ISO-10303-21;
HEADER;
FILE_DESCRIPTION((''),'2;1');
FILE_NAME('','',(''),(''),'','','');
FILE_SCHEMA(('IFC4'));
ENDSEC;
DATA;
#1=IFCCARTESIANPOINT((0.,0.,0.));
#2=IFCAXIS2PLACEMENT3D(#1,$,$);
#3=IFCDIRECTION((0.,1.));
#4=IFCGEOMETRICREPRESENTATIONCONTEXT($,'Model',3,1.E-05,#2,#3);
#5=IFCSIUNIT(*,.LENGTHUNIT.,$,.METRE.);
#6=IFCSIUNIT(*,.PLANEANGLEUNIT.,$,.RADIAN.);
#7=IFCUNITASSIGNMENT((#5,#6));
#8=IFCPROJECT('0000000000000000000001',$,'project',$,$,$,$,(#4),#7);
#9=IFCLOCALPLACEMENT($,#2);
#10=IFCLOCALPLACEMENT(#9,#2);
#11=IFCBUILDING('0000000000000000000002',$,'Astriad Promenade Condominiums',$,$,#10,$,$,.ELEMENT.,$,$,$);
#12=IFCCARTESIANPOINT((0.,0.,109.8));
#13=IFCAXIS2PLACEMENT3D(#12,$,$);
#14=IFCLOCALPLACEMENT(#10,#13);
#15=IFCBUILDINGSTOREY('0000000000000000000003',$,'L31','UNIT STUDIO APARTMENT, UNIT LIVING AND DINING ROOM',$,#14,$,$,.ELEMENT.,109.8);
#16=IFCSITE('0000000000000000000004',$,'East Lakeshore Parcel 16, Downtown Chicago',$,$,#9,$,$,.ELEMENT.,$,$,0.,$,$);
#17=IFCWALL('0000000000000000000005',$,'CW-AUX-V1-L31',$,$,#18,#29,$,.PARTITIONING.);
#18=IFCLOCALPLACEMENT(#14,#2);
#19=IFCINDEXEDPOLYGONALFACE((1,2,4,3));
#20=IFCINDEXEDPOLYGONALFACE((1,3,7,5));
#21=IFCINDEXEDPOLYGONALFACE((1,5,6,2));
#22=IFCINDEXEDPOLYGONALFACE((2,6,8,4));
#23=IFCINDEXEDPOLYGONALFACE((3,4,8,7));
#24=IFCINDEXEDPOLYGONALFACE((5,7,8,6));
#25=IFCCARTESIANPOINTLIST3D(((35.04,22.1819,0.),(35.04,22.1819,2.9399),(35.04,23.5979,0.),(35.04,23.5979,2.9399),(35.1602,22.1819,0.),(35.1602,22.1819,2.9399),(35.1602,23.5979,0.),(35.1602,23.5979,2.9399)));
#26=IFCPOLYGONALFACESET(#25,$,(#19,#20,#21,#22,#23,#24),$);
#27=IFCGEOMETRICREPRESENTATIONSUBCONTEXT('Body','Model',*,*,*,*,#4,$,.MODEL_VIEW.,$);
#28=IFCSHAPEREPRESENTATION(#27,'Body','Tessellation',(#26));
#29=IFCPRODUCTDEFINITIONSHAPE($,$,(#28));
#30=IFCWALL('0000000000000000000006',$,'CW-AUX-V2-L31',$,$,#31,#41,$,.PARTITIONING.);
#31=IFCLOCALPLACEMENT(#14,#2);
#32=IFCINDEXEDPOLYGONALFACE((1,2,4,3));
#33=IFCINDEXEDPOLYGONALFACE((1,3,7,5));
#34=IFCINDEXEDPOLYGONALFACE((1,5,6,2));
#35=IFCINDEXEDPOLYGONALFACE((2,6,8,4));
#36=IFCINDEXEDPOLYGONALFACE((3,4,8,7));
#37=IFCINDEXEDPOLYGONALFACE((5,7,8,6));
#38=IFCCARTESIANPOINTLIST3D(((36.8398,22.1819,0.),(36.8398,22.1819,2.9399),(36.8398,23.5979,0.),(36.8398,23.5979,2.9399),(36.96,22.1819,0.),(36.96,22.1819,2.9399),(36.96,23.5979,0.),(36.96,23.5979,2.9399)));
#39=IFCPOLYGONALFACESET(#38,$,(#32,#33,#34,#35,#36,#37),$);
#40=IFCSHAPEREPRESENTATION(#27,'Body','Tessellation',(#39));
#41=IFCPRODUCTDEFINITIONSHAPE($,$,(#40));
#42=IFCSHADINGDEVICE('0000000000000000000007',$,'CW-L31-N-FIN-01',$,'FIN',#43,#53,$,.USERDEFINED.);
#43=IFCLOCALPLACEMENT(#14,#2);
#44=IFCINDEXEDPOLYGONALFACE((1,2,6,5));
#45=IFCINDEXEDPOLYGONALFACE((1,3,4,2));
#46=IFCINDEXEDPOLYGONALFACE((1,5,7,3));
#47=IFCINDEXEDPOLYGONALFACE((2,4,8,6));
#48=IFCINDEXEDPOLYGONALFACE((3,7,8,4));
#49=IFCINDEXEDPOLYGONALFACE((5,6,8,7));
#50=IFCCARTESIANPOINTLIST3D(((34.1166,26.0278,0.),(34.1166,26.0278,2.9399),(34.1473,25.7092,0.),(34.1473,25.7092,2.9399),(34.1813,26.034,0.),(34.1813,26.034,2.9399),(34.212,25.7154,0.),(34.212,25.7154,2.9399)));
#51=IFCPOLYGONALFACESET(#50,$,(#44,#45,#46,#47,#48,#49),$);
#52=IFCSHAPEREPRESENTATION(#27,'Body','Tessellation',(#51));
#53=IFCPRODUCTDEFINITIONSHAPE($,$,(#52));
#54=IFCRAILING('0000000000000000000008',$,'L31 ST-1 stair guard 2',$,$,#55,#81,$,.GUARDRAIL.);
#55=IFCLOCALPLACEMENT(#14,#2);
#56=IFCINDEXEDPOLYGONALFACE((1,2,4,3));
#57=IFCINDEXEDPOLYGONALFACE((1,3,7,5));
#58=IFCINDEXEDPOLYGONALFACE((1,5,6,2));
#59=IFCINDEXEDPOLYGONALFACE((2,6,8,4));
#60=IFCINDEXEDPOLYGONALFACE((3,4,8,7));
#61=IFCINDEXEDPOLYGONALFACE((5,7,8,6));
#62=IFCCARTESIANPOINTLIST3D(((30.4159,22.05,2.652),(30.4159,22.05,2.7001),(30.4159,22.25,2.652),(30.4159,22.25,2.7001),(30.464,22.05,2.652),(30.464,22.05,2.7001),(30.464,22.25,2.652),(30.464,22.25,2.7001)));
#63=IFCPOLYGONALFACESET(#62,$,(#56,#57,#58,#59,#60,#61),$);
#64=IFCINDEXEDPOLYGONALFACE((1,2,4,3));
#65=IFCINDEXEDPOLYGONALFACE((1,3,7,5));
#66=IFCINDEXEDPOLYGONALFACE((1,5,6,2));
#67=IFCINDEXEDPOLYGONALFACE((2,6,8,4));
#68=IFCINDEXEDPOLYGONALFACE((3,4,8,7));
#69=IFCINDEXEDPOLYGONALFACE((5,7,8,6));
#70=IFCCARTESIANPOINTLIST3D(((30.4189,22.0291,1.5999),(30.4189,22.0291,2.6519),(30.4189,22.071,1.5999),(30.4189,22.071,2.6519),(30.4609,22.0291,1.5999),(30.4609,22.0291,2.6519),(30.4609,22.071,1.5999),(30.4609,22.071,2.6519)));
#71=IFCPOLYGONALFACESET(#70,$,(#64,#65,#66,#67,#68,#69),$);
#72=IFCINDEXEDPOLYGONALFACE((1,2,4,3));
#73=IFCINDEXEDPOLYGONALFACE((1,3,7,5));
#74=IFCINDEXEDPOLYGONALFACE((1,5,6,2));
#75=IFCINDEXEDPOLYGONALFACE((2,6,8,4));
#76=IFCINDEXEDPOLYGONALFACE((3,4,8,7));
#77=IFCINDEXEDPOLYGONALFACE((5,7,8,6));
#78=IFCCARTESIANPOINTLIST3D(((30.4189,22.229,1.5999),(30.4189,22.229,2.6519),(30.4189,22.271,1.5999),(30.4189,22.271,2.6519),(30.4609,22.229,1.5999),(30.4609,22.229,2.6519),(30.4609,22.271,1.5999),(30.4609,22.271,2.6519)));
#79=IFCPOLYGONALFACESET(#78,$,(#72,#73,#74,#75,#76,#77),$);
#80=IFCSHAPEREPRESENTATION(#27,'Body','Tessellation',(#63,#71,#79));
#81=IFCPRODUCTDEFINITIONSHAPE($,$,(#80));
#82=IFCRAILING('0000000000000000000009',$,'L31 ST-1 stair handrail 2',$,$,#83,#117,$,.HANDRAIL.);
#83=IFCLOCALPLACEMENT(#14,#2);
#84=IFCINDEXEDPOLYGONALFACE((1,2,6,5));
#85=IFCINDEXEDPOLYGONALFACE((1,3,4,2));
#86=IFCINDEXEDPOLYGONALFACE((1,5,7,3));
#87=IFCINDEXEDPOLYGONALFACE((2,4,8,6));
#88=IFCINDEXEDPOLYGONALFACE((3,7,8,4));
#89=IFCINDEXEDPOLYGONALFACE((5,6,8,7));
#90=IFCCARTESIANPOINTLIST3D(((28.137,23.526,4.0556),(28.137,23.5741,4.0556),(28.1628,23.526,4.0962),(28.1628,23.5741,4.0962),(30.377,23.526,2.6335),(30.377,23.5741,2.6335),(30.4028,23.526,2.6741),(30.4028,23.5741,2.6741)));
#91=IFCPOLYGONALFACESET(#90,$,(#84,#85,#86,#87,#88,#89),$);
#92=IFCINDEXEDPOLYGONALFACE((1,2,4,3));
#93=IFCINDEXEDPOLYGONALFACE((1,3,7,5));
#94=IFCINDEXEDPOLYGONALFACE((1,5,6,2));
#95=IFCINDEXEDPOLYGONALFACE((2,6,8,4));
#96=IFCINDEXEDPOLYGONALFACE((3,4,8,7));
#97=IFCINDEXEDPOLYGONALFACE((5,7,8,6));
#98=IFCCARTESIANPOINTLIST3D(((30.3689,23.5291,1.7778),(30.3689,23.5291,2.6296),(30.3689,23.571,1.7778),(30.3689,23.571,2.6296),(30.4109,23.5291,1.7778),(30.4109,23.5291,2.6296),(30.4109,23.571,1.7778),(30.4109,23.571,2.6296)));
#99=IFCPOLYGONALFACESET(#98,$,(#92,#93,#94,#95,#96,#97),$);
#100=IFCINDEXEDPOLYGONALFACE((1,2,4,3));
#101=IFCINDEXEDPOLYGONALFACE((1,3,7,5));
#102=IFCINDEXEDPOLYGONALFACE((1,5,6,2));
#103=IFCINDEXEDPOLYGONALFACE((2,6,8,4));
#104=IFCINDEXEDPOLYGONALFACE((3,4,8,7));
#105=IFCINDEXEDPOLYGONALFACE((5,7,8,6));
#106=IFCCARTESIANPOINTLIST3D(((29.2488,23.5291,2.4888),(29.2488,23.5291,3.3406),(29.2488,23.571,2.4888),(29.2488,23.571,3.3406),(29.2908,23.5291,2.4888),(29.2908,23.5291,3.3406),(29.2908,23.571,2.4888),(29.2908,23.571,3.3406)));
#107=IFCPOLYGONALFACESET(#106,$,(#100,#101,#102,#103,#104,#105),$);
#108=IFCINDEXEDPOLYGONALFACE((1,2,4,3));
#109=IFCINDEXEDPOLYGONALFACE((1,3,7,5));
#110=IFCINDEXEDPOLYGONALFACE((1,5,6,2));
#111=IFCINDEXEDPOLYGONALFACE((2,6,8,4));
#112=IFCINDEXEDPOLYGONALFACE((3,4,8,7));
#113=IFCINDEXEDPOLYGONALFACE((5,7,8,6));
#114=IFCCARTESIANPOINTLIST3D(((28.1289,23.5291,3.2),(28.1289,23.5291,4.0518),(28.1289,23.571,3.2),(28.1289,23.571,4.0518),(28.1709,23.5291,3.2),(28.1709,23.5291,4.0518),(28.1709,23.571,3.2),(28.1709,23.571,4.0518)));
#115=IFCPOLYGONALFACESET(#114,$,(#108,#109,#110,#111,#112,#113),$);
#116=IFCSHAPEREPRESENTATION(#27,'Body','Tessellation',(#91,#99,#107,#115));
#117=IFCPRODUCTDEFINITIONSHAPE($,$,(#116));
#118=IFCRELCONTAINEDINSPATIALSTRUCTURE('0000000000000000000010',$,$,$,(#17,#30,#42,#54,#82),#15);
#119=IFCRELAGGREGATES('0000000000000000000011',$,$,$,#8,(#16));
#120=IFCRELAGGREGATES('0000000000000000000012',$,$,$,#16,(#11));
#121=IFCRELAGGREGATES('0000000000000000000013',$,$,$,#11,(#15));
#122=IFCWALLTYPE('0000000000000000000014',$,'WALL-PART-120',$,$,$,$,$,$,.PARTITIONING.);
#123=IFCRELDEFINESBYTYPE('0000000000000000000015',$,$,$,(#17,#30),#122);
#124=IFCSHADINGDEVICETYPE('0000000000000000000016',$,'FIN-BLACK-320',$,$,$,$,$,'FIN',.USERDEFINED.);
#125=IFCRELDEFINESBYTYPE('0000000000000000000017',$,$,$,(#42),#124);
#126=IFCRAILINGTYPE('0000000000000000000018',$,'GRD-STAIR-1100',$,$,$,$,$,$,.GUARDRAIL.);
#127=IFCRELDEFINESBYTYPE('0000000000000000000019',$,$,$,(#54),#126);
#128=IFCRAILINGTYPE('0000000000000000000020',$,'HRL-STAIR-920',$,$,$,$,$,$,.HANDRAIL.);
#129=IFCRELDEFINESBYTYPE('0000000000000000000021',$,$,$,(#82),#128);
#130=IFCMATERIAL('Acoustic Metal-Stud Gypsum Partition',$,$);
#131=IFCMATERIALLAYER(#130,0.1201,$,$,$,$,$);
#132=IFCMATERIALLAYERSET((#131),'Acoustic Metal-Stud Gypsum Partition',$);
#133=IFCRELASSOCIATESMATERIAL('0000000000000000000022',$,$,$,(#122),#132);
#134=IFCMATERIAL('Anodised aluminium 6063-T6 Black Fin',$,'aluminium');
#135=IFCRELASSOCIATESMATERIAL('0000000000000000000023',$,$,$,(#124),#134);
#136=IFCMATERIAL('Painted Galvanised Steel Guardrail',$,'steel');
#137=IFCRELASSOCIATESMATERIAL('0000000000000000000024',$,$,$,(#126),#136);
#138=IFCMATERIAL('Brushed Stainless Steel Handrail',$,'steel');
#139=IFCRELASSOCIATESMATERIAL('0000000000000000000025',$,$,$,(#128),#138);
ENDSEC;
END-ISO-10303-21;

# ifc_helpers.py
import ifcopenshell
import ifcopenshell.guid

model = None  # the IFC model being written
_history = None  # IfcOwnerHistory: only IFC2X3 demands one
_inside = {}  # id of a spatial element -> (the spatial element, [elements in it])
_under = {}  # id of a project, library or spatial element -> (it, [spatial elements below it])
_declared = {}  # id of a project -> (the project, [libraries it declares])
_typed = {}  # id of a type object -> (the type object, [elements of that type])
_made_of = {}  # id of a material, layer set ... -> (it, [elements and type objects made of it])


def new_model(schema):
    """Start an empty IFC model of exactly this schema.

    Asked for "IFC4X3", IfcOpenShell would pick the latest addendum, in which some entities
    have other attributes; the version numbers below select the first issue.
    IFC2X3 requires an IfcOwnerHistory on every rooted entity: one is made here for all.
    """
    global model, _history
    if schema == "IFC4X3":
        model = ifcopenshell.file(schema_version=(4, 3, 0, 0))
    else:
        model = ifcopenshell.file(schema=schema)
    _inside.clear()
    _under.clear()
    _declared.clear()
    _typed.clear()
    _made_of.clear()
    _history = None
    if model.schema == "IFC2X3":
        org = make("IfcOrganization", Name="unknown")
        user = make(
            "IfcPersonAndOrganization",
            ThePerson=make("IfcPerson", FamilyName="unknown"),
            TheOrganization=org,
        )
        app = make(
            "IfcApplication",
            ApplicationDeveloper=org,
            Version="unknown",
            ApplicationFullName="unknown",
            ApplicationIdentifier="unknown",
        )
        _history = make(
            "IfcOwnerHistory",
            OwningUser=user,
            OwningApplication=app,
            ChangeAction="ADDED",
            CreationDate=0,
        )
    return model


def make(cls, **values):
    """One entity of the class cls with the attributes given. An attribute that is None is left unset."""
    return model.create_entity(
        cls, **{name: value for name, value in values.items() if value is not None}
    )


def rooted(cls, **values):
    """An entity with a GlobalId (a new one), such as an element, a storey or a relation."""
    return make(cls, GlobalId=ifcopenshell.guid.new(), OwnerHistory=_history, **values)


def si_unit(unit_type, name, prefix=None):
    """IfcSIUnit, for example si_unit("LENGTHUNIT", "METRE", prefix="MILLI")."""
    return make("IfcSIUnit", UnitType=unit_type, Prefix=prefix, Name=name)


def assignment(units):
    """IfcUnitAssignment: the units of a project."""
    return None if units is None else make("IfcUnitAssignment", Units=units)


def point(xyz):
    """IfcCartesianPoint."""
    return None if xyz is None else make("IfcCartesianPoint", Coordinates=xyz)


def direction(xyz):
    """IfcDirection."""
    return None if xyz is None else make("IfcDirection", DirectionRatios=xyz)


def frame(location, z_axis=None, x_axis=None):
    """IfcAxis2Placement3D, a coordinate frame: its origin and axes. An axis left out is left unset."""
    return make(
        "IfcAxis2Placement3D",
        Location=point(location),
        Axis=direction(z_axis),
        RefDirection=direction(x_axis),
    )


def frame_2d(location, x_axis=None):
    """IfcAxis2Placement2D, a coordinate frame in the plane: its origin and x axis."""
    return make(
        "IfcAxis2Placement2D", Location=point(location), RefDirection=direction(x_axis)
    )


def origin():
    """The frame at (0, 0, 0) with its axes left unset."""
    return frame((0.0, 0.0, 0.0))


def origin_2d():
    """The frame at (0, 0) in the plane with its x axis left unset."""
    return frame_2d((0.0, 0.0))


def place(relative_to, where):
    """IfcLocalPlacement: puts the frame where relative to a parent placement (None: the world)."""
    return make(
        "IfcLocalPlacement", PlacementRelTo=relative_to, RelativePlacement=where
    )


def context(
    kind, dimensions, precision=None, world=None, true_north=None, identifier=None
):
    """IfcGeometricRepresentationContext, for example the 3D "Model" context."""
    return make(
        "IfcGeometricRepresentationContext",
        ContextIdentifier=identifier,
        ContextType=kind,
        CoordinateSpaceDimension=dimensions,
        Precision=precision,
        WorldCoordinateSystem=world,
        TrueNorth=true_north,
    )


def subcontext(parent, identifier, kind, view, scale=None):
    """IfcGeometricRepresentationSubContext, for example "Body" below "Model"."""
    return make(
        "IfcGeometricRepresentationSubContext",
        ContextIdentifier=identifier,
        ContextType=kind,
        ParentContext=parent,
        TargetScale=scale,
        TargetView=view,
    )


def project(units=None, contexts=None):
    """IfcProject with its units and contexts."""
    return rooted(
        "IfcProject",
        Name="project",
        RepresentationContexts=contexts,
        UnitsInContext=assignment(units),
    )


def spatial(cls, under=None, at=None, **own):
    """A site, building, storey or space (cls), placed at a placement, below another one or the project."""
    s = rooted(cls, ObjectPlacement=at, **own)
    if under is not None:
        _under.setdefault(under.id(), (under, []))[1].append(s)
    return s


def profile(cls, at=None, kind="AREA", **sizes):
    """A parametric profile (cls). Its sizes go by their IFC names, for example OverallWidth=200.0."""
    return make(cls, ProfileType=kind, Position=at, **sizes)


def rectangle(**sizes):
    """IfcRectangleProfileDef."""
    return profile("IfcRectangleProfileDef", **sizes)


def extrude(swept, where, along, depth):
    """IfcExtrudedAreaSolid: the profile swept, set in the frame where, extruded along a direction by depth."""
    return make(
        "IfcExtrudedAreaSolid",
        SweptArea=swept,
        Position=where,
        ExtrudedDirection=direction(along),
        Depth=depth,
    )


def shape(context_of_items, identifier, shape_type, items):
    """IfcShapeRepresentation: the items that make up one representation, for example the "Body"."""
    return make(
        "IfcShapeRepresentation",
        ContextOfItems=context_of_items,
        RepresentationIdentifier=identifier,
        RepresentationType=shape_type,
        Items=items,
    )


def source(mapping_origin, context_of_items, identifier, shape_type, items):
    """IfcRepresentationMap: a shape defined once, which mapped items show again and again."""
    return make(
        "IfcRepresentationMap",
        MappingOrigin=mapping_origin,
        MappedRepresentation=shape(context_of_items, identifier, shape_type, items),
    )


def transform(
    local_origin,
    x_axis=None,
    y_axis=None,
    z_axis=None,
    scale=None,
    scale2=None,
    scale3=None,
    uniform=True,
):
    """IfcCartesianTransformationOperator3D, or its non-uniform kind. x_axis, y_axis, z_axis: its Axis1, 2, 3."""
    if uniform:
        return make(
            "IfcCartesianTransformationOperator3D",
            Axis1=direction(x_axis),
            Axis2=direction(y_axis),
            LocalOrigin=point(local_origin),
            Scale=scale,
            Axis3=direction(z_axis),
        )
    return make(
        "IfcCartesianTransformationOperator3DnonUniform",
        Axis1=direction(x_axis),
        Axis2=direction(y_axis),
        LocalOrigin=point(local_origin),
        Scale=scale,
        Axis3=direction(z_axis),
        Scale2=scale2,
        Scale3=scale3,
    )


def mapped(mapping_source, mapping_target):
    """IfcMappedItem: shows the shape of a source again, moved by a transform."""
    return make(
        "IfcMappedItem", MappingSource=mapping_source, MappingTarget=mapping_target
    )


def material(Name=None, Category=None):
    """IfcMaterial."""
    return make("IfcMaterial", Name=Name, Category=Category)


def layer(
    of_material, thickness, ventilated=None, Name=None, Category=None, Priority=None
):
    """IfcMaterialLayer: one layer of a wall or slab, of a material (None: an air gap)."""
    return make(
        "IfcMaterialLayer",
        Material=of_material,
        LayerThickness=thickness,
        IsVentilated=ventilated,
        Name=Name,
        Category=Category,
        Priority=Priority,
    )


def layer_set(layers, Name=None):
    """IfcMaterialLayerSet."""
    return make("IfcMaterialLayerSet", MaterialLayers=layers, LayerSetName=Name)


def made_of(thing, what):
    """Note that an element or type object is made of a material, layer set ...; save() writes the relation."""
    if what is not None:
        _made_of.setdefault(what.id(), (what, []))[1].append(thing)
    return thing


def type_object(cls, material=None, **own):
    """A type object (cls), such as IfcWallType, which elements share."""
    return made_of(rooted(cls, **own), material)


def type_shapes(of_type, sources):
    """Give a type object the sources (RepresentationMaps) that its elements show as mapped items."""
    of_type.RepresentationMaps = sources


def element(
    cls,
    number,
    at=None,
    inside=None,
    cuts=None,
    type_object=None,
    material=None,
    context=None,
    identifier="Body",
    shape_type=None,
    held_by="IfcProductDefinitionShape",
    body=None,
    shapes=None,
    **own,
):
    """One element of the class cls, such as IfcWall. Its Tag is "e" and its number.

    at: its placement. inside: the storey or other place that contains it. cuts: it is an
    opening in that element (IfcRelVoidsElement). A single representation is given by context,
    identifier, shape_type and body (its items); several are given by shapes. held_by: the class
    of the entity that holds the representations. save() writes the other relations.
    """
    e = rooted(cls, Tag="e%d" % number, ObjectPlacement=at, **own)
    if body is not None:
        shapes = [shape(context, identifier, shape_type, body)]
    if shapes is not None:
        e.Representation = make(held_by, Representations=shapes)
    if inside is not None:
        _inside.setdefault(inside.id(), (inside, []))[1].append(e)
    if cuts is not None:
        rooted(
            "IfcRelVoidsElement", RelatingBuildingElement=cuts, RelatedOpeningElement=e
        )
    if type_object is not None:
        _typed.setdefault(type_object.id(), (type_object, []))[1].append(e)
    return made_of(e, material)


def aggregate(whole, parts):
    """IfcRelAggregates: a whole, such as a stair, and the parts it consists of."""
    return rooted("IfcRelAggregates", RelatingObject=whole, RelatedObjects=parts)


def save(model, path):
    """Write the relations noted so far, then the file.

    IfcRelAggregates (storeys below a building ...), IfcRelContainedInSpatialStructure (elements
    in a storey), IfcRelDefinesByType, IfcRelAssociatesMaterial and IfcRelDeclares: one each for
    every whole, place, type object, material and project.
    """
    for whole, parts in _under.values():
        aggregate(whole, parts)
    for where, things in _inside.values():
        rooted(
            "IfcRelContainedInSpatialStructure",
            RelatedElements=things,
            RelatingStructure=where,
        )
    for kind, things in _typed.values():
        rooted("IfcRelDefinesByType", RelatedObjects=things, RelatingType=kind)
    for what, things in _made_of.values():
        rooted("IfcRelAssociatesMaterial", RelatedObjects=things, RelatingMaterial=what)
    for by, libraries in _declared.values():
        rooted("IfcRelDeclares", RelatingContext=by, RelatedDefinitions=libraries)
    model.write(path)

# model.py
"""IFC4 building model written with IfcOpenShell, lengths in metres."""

from ifc_helpers import new_model, si_unit, direction, frame, frame_2d, origin, origin_2d, place, context, subcontext, project, spatial, rectangle, extrude, source, transform, mapped, material, layer, layer_set, type_object, type_shapes, element, save


model = new_model("IFC4")

# Units and contexts
model_context = context("Model", 3, precision=1e-05, world=origin(), true_north=direction((0.0, 1.0)))
body_context = subcontext(model_context, "Body", "Model", "MODEL_VIEW")
ifc_project = project(units=[si_unit("LENGTHUNIT", "METRE"), si_unit("PLANEANGLEUNIT", "RADIAN")], contexts=[model_context])

# Site, building, storey
site_placement = place(None, origin())
site = spatial("IfcSite", under=ifc_project, at=site_placement, Name="East Lakeshore Parcel 16, Downtown Chicago", CompositionType="ELEMENT", RefElevation=0.0)
building_placement = place(site_placement, origin())
building = spatial("IfcBuilding", under=site, at=building_placement, Name="Astriad Promenade Condominiums", CompositionType="ELEMENT")
storey_placement = place(building_placement, frame((0.0, 0.0, 109.8)))
storey = spatial("IfcBuildingStorey", under=building, at=storey_placement, Name="L31", Description="UNIT STUDIO APARTMENT, UNIT LIVING AND DINING ROOM", CompositionType="ELEMENT", Elevation=109.8)

# Walls
ifc_material_1 = material(Name="Acoustic Metal-Stud Gypsum Partition")
ifc_layer_1 = layer(ifc_material_1, 0.1201)
ifc_layer_set_1 = layer_set([ifc_layer_1], Name="Acoustic Metal-Stud Gypsum Partition")
wall_type_1 = type_object("IfcWallType", Name="WALL-PART-120", PredefinedType="PARTITIONING", material=ifc_layer_set_1)
for number, where, z_axis, x_axis, name in (
    (1, (35.1001, 22.1819, 0.0), (0.0, 0.0, 1.0), (0.0, 1.0, 0.0), "CW-AUX-V1-L31"),
    (2, (36.8999, 22.1819, 0.0), (0.0, 0.0, 1.0), (0.0, 1.0, 0.0), "CW-AUX-V2-L31"),
):
    element("IfcWall", number, at=place(storey_placement, frame(where, z_axis=z_axis, x_axis=x_axis)), inside=storey, type_object=wall_type_1, Name=name, PredefinedType="PARTITIONING", context=body_context, shape_type="SweptSolid", body=[
        extrude(rectangle(XDim=1.416, YDim=0.1201, at=frame_2d((0.708, 0.0))), origin(), (0.0, 0.0, 1.0), 2.9399),
    ])

# Shading device
ifc_material_2 = material(Name="Anodised aluminium 6063-T6 Black Fin", Category="aluminium")
shading_device_type = type_object("IfcShadingDeviceType", Name="FIN-BLACK-320", ElementType="FIN", PredefinedType="USERDEFINED", material=ifc_material_2)
shared_shape_1 = source(origin(), body_context, "Body", "SweptSolid", [
    extrude(rectangle(XDim=0.0649, YDim=0.3201, at=origin_2d()), origin(), (0.0, 0.0, 1.0), 2.9399),
])
type_shapes(shading_device_type, [shared_shape_1])
shading_device_placement = place(storey_placement, frame((34.1643, 25.8716, 0.0), z_axis=(0.0, 0.0, 1.0), x_axis=(0.995396, 0.095846, 0.0)))
element("IfcShadingDevice", 3, at=shading_device_placement, inside=storey, type_object=shading_device_type, Name="CW-L31-N-FIN-01", ObjectType="FIN", PredefinedType="USERDEFINED", context=body_context, shape_type="MappedRepresentation", body=[
    mapped(shared_shape_1, transform((0.0, 0.0, 0.0), scale=1.0)),
])

# Railings
ifc_material_3 = material(Name="Painted Galvanised Steel Guardrail", Category="steel")
railing_type_1 = type_object("IfcRailingType", Name="GRD-STAIR-1100", PredefinedType="GUARDRAIL", material=ifc_material_3)
shared_shape_2 = source(origin(), body_context, "Body", "SweptSolid", [
    extrude(rectangle(XDim=0.0481, YDim=0.0481, at=origin_2d()), frame((0.0, 0.0, 1.0762), z_axis=(0.0, 1.0, 0.0), x_axis=(-1.0, 0.0, 0.0)), (0.0, 0.0, 1.0), 0.2),
    extrude(rectangle(XDim=0.042, YDim=0.042, at=origin_2d()), origin(), (0.0, 0.0, 1.0), 1.052),
    extrude(rectangle(XDim=0.042, YDim=0.042, at=origin_2d()), frame((0.0, 0.2, 0.0)), (0.0, 0.0, 1.0), 1.052),
])
type_shapes(railing_type_1, [shared_shape_2])
railing_1_placement = place(storey_placement, frame((30.4399, 22.05, 1.5999)))
element("IfcRailing", 4, at=railing_1_placement, inside=storey, type_object=railing_type_1, Name="L31 ST-1 stair guard 2", PredefinedType="GUARDRAIL", context=body_context, shape_type="MappedRepresentation", body=[
    mapped(shared_shape_2, transform((0.0, 0.0, 0.0), scale=1.0)),
])
ifc_material_4 = material(Name="Brushed Stainless Steel Handrail", Category="steel")
railing_type_2 = type_object("IfcRailingType", Name="HRL-STAIR-920", PredefinedType="HANDRAIL", material=ifc_material_4)
shared_shape_3 = source(origin(), body_context, "Body", "SweptSolid", [
    extrude(rectangle(XDim=0.0481, YDim=0.0481, at=origin_2d()), frame((0.0, 0.0, 0.876), z_axis=(-0.844229, 0.0, 0.535982), x_axis=(0.0, -1.0, 0.0)), (0.0, 0.0, 1.0), 2.6533),
    extrude(rectangle(XDim=0.042, YDim=0.042, at=origin_2d()), origin(), (0.0, 0.0, 1.0), 0.8518),
    extrude(rectangle(XDim=0.042, YDim=0.042, at=origin_2d()), frame((-1.1201, 0.0, 0.7109)), (0.0, 0.0, 1.0), 0.8518),
    extrude(rectangle(XDim=0.042, YDim=0.042, at=origin_2d()), frame((-2.24, 0.0, 1.4221)), (0.0, 0.0, 1.0), 0.8518),
])
type_shapes(railing_type_2, [shared_shape_3])
railing_2_placement = place(storey_placement, frame((30.3899, 23.55, 1.7778)))
element("IfcRailing", 5, at=railing_2_placement, inside=storey, type_object=railing_type_2, Name="L31 ST-1 stair handrail 2", PredefinedType="HANDRAIL", context=body_context, shape_type="MappedRepresentation", body=[
    mapped(shared_shape_3, transform((0.0, 0.0, 0.0), scale=1.0)),
])

save(model, "model.ifc")
